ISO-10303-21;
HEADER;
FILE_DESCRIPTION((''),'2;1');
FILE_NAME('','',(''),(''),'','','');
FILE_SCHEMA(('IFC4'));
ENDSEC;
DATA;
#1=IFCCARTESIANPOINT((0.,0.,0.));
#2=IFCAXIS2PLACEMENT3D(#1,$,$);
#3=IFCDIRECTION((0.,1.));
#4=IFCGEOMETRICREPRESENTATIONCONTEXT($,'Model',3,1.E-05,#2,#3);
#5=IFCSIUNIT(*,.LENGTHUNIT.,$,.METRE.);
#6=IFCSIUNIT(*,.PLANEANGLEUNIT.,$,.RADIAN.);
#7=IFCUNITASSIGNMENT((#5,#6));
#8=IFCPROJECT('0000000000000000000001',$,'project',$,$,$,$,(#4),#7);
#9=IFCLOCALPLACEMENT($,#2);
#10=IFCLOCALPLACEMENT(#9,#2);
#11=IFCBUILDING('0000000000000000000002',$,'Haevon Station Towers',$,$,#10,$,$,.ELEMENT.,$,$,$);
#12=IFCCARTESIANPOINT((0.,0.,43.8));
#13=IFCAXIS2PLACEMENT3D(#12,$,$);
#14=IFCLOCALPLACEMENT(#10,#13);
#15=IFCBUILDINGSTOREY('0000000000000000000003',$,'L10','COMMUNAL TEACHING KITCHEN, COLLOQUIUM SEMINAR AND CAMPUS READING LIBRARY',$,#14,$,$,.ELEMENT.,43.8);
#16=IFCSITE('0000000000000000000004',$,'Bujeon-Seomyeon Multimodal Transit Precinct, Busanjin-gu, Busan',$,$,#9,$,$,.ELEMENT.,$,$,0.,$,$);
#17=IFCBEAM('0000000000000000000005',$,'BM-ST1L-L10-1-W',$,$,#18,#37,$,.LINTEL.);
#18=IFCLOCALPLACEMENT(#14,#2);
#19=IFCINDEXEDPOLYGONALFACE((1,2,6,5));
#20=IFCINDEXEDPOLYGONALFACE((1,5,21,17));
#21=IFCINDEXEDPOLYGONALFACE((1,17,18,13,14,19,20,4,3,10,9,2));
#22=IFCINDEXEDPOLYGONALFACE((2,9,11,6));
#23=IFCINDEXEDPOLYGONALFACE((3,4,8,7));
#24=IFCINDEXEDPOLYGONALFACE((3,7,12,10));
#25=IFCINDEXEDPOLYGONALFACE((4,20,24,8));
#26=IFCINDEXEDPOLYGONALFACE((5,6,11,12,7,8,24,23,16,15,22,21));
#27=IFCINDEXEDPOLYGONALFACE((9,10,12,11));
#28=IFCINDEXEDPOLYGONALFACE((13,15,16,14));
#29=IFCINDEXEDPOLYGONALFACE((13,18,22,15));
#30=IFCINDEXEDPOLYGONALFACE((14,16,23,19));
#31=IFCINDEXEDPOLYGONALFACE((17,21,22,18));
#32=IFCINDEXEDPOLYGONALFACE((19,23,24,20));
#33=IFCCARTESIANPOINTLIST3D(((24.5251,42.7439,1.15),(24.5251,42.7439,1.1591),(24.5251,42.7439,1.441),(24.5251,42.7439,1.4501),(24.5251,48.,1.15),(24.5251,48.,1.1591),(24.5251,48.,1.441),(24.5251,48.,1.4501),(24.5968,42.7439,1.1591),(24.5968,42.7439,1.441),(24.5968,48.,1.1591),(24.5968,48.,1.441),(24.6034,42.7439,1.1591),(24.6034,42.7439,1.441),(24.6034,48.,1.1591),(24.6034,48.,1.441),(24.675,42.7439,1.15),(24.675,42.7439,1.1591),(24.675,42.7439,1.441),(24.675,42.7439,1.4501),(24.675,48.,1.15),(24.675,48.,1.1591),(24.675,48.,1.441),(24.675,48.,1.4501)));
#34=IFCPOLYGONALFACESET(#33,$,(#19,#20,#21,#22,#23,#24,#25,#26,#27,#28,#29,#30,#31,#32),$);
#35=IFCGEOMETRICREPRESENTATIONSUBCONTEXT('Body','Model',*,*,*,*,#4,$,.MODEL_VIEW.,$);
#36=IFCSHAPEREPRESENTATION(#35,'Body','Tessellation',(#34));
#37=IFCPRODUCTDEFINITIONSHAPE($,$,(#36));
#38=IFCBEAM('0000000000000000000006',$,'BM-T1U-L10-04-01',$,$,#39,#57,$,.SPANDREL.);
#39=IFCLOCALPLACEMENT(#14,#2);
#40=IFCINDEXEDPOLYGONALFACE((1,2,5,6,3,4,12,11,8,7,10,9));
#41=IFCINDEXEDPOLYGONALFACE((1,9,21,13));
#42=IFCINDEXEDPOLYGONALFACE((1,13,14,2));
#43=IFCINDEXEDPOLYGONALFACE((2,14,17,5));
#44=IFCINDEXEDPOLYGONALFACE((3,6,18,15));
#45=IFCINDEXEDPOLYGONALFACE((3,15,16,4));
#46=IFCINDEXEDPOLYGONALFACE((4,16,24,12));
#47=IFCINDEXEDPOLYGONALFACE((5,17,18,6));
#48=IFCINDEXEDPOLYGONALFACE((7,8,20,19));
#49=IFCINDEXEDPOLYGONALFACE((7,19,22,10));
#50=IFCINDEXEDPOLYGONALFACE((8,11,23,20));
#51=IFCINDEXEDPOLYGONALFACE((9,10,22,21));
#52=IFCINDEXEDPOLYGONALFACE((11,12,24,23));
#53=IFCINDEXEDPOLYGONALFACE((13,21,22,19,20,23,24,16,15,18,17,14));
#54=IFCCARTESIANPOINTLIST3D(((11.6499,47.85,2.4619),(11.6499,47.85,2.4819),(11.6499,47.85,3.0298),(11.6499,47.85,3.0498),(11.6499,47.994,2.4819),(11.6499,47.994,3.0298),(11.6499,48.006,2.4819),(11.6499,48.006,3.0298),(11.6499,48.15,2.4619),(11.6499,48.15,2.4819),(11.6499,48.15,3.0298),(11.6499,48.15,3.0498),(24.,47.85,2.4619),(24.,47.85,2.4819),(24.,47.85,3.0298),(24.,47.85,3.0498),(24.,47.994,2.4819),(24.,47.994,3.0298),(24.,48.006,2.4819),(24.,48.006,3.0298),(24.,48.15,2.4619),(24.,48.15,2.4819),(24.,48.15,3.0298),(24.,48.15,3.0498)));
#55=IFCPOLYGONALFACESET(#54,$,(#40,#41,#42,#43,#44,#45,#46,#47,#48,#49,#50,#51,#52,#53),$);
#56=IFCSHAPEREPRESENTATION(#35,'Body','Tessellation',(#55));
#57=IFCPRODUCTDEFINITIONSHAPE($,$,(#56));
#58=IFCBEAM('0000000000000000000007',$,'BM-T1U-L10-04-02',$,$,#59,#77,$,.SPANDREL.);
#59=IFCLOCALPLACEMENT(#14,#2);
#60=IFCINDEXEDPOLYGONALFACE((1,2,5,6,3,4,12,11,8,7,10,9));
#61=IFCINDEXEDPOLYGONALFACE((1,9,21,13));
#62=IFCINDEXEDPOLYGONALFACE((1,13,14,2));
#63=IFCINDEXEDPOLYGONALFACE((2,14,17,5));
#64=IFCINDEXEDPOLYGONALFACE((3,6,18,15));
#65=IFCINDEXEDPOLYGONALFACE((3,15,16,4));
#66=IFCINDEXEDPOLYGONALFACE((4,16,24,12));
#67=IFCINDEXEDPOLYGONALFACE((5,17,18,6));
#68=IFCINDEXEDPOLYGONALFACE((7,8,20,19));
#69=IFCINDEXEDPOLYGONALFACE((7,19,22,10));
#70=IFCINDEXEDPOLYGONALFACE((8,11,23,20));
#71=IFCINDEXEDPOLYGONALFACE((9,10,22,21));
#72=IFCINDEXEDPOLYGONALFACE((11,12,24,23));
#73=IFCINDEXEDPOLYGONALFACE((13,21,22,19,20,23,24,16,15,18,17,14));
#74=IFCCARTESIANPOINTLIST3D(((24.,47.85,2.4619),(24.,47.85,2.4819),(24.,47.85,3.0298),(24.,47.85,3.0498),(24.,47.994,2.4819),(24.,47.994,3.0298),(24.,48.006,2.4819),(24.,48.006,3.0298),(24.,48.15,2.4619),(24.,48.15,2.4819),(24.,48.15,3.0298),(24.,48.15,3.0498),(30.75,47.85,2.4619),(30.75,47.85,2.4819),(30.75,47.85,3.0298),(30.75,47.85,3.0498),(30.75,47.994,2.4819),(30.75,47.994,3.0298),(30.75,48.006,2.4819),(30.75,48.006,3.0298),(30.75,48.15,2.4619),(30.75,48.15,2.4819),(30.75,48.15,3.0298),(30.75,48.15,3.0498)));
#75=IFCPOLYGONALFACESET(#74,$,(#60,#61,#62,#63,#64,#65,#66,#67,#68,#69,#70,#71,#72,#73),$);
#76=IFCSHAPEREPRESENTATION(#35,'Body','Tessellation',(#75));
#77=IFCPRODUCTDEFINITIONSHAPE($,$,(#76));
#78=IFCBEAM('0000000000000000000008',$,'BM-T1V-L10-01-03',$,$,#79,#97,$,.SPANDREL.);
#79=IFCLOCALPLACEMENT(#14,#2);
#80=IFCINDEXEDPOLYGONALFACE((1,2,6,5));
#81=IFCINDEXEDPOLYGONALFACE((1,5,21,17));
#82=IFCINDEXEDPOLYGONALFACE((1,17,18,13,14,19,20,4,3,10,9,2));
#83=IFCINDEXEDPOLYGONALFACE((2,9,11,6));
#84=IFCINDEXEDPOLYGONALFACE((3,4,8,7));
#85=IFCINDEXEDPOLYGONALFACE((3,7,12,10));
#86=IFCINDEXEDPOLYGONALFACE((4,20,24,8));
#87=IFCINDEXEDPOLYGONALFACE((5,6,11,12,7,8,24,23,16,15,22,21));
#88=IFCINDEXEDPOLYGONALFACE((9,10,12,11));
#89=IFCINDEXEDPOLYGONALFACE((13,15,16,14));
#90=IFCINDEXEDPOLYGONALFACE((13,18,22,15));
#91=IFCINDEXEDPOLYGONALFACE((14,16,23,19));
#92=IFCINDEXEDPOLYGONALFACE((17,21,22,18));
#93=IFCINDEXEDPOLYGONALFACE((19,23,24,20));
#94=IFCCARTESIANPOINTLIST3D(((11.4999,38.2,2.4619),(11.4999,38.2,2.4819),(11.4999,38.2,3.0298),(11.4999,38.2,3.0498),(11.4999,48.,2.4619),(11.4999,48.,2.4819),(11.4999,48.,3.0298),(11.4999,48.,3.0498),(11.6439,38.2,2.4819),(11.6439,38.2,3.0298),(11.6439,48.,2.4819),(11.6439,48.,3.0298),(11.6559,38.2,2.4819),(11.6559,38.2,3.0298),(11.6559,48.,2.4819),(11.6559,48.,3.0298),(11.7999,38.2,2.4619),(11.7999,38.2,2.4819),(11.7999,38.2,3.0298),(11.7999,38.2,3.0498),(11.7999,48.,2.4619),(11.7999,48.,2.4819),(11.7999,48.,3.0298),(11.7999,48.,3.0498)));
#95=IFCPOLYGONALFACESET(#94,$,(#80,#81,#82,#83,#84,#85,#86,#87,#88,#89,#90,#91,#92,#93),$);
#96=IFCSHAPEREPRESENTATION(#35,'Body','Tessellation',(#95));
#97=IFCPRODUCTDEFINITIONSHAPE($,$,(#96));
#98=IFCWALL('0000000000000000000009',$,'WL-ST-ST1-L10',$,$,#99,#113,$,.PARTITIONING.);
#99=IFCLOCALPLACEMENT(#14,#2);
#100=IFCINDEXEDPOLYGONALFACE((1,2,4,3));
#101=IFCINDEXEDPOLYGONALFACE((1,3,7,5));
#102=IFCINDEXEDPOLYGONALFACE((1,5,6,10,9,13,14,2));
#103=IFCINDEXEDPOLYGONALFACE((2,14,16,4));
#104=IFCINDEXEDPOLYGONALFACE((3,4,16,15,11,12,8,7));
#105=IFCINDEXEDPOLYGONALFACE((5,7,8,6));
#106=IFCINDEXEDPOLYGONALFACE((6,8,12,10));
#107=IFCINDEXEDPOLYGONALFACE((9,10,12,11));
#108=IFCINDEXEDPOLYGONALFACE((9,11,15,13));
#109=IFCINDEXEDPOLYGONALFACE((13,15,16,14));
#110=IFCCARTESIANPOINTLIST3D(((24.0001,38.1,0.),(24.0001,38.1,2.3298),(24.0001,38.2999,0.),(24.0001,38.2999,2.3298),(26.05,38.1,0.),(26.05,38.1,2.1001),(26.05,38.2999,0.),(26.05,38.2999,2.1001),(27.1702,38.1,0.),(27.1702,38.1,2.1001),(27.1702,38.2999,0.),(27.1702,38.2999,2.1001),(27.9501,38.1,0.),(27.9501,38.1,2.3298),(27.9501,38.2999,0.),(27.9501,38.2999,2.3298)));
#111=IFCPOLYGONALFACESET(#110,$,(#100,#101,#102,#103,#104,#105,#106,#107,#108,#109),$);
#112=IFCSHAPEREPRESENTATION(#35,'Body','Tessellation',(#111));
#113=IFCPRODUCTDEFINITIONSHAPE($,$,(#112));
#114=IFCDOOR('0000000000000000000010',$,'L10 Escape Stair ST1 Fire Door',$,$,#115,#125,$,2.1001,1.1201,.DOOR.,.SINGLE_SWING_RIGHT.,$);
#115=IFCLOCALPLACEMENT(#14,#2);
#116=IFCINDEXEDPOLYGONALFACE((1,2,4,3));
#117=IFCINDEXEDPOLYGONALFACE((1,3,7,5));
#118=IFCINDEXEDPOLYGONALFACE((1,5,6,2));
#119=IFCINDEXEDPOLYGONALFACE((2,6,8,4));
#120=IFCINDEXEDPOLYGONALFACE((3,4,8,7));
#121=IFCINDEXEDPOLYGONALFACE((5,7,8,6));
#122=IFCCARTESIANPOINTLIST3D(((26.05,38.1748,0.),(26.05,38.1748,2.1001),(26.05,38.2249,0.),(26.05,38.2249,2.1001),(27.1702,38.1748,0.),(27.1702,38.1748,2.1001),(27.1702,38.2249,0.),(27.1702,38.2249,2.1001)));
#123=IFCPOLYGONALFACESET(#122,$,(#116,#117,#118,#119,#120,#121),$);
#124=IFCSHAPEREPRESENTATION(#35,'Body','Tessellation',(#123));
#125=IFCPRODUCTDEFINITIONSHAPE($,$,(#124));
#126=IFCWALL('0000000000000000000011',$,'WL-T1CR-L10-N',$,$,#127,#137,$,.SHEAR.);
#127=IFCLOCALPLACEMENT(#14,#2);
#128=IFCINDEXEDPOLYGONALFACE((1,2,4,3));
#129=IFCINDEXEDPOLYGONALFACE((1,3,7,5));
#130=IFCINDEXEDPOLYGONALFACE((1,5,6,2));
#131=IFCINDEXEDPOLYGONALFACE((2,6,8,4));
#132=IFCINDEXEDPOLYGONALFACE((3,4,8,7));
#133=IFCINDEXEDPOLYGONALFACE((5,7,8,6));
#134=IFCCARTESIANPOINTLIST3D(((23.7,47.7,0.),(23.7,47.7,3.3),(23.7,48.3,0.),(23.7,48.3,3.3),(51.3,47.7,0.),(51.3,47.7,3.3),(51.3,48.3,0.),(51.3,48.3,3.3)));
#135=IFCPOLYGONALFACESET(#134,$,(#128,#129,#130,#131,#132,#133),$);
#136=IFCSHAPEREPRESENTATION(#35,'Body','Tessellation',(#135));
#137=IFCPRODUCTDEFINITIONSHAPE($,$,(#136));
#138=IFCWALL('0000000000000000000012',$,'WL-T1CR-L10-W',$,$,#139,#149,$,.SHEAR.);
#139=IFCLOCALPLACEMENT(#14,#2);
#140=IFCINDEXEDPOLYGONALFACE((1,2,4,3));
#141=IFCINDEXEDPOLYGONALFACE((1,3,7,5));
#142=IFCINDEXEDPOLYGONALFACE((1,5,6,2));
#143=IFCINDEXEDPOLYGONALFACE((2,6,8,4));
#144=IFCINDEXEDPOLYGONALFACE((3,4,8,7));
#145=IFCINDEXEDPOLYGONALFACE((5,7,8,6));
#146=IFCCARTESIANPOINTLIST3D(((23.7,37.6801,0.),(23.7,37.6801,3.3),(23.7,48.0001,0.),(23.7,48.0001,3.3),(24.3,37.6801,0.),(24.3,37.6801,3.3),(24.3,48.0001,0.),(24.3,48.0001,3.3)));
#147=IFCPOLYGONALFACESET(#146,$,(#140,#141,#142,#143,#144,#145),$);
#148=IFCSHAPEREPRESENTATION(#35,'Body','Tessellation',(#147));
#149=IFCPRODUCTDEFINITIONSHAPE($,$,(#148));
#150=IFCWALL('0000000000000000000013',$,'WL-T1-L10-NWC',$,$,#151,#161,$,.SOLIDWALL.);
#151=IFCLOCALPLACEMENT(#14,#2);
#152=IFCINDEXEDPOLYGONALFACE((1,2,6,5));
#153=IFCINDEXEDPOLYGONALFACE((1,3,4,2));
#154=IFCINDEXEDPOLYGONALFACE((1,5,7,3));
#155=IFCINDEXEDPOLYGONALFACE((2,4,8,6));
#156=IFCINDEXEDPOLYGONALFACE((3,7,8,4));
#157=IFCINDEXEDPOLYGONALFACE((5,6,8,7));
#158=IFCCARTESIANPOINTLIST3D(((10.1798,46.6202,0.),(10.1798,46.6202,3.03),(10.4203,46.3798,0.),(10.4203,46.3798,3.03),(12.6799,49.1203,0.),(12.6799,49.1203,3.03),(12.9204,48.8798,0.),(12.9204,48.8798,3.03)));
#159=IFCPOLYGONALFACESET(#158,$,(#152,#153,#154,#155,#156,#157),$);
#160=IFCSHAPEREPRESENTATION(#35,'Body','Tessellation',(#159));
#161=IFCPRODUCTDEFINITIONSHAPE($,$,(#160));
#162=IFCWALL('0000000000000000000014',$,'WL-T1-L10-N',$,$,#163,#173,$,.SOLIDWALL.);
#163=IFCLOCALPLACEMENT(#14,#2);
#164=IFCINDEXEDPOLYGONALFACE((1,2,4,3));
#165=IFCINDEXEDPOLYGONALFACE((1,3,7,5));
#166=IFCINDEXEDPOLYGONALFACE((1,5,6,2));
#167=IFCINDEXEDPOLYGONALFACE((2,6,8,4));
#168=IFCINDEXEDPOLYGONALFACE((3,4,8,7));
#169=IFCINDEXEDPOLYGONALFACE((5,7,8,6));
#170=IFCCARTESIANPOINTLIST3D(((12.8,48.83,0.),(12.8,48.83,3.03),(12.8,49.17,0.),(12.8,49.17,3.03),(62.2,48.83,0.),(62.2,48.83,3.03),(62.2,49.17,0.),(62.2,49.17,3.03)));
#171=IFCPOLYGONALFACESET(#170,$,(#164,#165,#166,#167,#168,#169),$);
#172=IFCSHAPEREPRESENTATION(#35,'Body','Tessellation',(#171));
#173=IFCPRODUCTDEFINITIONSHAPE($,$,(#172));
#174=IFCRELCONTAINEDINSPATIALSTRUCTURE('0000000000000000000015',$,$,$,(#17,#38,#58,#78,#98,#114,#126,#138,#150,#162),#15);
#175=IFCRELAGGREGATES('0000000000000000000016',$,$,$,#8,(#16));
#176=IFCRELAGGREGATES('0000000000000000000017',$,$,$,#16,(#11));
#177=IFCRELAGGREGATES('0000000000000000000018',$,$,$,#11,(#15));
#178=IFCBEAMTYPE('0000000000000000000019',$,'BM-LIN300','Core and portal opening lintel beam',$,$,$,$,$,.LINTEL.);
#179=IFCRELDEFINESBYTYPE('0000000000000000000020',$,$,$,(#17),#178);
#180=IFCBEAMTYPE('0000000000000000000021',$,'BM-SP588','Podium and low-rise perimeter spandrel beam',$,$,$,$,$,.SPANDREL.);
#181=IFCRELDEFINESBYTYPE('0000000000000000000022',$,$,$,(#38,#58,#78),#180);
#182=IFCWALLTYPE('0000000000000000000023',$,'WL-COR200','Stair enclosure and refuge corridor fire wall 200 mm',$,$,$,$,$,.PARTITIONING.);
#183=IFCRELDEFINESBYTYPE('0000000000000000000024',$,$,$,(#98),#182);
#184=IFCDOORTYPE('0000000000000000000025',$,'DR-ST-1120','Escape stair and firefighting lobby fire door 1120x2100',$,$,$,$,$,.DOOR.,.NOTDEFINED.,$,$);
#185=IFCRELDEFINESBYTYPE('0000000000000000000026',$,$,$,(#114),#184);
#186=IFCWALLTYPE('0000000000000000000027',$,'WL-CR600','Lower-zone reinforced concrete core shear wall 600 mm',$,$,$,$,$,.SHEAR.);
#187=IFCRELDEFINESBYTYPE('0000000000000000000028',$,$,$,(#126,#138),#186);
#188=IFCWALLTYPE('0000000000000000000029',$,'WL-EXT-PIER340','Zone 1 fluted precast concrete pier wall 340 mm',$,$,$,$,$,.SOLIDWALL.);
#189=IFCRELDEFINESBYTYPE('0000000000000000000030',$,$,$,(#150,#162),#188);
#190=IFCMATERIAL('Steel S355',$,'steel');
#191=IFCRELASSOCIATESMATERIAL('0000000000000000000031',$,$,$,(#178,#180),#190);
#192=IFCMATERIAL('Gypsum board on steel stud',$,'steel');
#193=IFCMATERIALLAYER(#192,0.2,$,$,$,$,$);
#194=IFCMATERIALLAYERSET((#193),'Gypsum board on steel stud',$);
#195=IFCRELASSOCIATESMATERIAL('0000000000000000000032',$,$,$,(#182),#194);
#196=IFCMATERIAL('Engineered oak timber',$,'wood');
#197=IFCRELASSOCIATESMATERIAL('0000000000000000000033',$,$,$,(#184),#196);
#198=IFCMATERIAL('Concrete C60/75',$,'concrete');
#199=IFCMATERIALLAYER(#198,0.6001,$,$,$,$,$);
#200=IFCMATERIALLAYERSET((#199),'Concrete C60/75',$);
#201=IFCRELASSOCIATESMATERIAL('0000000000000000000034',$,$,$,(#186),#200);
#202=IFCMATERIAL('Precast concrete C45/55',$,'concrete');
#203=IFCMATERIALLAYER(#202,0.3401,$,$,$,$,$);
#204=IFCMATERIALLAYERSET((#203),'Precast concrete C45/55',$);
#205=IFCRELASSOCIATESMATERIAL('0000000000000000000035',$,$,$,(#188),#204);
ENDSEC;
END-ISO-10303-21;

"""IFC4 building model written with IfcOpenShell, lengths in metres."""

from ifc_helpers import new_model, si_unit, direction, frame, frame_2d, origin, origin_2d, place, context, subcontext, project, spatial, rectangle, i_section, extrude, material, layer, layer_set, material_profile, profile_set, type_object, element, fill, save


model = new_model("IFC4")

# Units and contexts
model_context = context("Model", 3, precision=1e-05, world=origin(), true_north=direction((0.0, 1.0)))
body_context = subcontext(model_context, "Body", "Model", "MODEL_VIEW")
ifc_project = project(units=[si_unit("LENGTHUNIT", "METRE"), si_unit("PLANEANGLEUNIT", "RADIAN")], contexts=[model_context])

# Site, building, storey
site_placement = place(None, origin())
site = spatial("IfcSite", under=ifc_project, at=site_placement, Name="Bujeon-Seomyeon Multimodal Transit Precinct, Busanjin-gu, Busan", CompositionType="ELEMENT", RefElevation=0.0)
building_placement = place(site_placement, origin())
building = spatial("IfcBuilding", under=site, at=building_placement, Name="Haevon Station Towers", CompositionType="ELEMENT")
storey_placement = place(building_placement, frame((0.0, 0.0, 43.8)))
storey = spatial("IfcBuildingStorey", under=building, at=storey_placement, Name="L10", Description="COMMUNAL TEACHING KITCHEN, COLLOQUIUM SEMINAR AND CAMPUS READING LIBRARY", CompositionType="ELEMENT", Elevation=43.8)

# Beams
ifc_material_1 = material(Name="Steel S355", Category="steel")
ifc_material_profile_1 = material_profile(ifc_material_1, i_section(OverallWidth=0.1499, OverallDepth=0.3, WebThickness=0.0066, FlangeThickness=0.009, at=origin_2d()), Name="H-300x150x6.5x9")
ifc_profile_set_1 = profile_set([ifc_material_profile_1], Name="Steel S355")
beam_type_1 = type_object("IfcBeamType", Name="BM-LIN300", Description="Core and portal opening lintel beam", PredefinedType="LINTEL", material=ifc_profile_set_1)
beam_1_placement = place(storey_placement, frame((24.6001, 42.7439, 1.3), z_axis=(0.0, 1.0, 0.0), x_axis=(-1.0, 0.0, 0.0)))
element("IfcBeam", 1, at=beam_1_placement, inside=storey, type_object=beam_type_1, Name="BM-ST1L-L10-1-W", PredefinedType="LINTEL", context=body_context, shape_type="SweptSolid", body=[
    extrude(i_section(OverallWidth=0.1499, OverallDepth=0.3, WebThickness=0.0066, FlangeThickness=0.009, at=origin_2d()), origin(), (0.0, 0.0, 1.0), 5.2561),
])
ifc_material_profile_2 = material_profile(ifc_material_1, i_section(OverallWidth=0.3, OverallDepth=0.5879, WebThickness=0.012, FlangeThickness=0.02, at=origin_2d()), Name="H-588x300x12x20")
ifc_profile_set_2 = profile_set([ifc_material_profile_2], Name="Steel S355")
beam_type_2 = type_object("IfcBeamType", Name="BM-SP588", Description="Podium and low-rise perimeter spandrel beam", PredefinedType="SPANDREL", material=ifc_profile_set_2)
beam_2_placement = place(storey_placement, frame((11.6499, 48.0, 2.7559), z_axis=(1.0, 0.0, 0.0), x_axis=(0.0, 1.0, 0.0)))
element("IfcBeam", 2, at=beam_2_placement, inside=storey, type_object=beam_type_2, Name="BM-T1U-L10-04-01", PredefinedType="SPANDREL", context=body_context, shape_type="SweptSolid", body=[
    extrude(i_section(OverallWidth=0.3, OverallDepth=0.5879, WebThickness=0.012, FlangeThickness=0.02, at=origin_2d()), origin(), (0.0, 0.0, 1.0), 12.3501),
])
beam_3_placement = place(storey_placement, frame((24.0, 48.0, 2.7559), z_axis=(1.0, 0.0, 0.0), x_axis=(0.0, 1.0, 0.0)))
element("IfcBeam", 3, at=beam_3_placement, inside=storey, type_object=beam_type_2, Name="BM-T1U-L10-04-02", PredefinedType="SPANDREL", context=body_context, shape_type="SweptSolid", body=[
    extrude(i_section(OverallWidth=0.3, OverallDepth=0.5879, WebThickness=0.012, FlangeThickness=0.02, at=origin_2d()), origin(), (0.0, 0.0, 1.0), 6.75),
])
beam_4_placement = place(storey_placement, frame((11.6499, 38.2, 2.7559), z_axis=(0.0, 1.0, 0.0), x_axis=(-1.0, 0.0, 0.0)))
element("IfcBeam", 4, at=beam_4_placement, inside=storey, type_object=beam_type_2, Name="BM-T1V-L10-01-03", PredefinedType="SPANDREL", context=body_context, shape_type="SweptSolid", body=[
    extrude(i_section(OverallWidth=0.3, OverallDepth=0.5879, WebThickness=0.012, FlangeThickness=0.02, at=origin_2d()), origin(), (0.0, 0.0, 1.0), 9.8),
])

# Wall, opening, door
ifc_material_2 = material(Name="Gypsum board on steel stud", Category="steel")
ifc_layer_1 = layer(ifc_material_2, 0.2)
ifc_layer_set_1 = layer_set([ifc_layer_1], Name="Gypsum board on steel stud")
wall_type_1 = type_object("IfcWallType", Name="WL-COR200", Description="Stair enclosure and refuge corridor fire wall 200 mm", PredefinedType="PARTITIONING", material=ifc_layer_set_1)
wall_1_placement = place(storey_placement, frame((24.0, 38.2, 0.0), z_axis=(0.0, 0.0, 1.0), x_axis=(1.0, 0.0, 0.0)))
wall_1 = element("IfcWall", 5, at=wall_1_placement, inside=storey, type_object=wall_type_1, Name="WL-ST-ST1-L10", PredefinedType="PARTITIONING", context=body_context, shape_type="SweptSolid", body=[
    extrude(rectangle(XDim=3.95, YDim=0.2, at=frame_2d((1.9751, 0.0))), origin(), (0.0, 0.0, 1.0), 2.3298),
])
opening_placement = place(wall_1_placement, frame((2.05, 0.0, 0.0)))
opening = element("IfcOpeningElement", 6, at=opening_placement, cuts=wall_1, PredefinedType="OPENING", context=body_context, shape_type="SweptSolid", body=[
    extrude(rectangle(XDim=1.1201, YDim=2.1001, at=frame_2d((0.5601, 1.05))), frame((0.0, 0.1099, 0.0), z_axis=(0.0, -1.0, 0.0), x_axis=(1.0, 0.0, 0.0)), (0.0, 0.0, 1.0), 0.22),
])
ifc_material_3 = material(Name="Engineered oak timber", Category="wood")
door_type = type_object("IfcDoorType", Name="DR-ST-1120", Description="Escape stair and firefighting lobby fire door 1120x2100", OperationType="NOTDEFINED", PredefinedType="DOOR", material=ifc_material_3)
door_placement = place(opening_placement, origin())
door = element("IfcDoor", 7, at=door_placement, inside=storey, type_object=door_type, Name="L10 Escape Stair ST1 Fire Door", OperationType="SINGLE_SWING_RIGHT", OverallHeight=2.1001, OverallWidth=1.1201, PredefinedType="DOOR", context=body_context, shape_type="SweptSolid", body=[
    extrude(rectangle(XDim=1.1201, YDim=2.1001, at=frame_2d((0.5601, 1.05))), frame((0.0, 0.0249, 0.0), z_axis=(0.0, -1.0, 0.0), x_axis=(1.0, 0.0, 0.0)), (0.0, 0.0, 1.0), 0.05),
])
fill(opening, door)

# Walls
ifc_material_4 = material(Name="Concrete C60/75", Category="concrete")
ifc_layer_2 = layer(ifc_material_4, 0.6001)
ifc_layer_set_2 = layer_set([ifc_layer_2], Name="Concrete C60/75")
wall_type_2 = type_object("IfcWallType", Name="WL-CR600", Description="Lower-zone reinforced concrete core shear wall 600 mm", PredefinedType="SHEAR", material=ifc_layer_set_2)
wall_2_placement = place(storey_placement, frame((23.7, 48.0, 0.0), z_axis=(0.0, 0.0, 1.0), x_axis=(1.0, 0.0, 0.0)))
element("IfcWall", 8, at=wall_2_placement, inside=storey, type_object=wall_type_2, Name="WL-T1CR-L10-N", PredefinedType="SHEAR", context=body_context, shape_type="SweptSolid", body=[
    extrude(rectangle(XDim=27.6001, YDim=0.6001, at=frame_2d((13.8, 0.0))), origin(), (0.0, 0.0, 1.0), 3.3),
])
wall_3_placement = place(storey_placement, frame((24.0, 37.6799, 0.0), z_axis=(0.0, 0.0, 1.0), x_axis=(0.0, 1.0, 0.0)))
element("IfcWall", 9, at=wall_3_placement, inside=storey, type_object=wall_type_2, Name="WL-T1CR-L10-W", PredefinedType="SHEAR", context=body_context, shape_type="SweptSolid", body=[
    extrude(rectangle(XDim=10.3201, YDim=0.6001, at=frame_2d((5.1602, 0.0))), origin(), (0.0, 0.0, 1.0), 3.3),
])
ifc_material_5 = material(Name="Precast concrete C45/55", Category="concrete")
ifc_layer_3 = layer(ifc_material_5, 0.3401)
ifc_layer_set_3 = layer_set([ifc_layer_3], Name="Precast concrete C45/55")
wall_type_3 = type_object("IfcWallType", Name="WL-EXT-PIER340", Description="Zone 1 fluted precast concrete pier wall 340 mm", PredefinedType="SOLIDWALL", material=ifc_layer_set_3)
wall_4_placement = place(storey_placement, frame((10.3, 46.5, 0.0), z_axis=(0.0, 0.0, 1.0), x_axis=(0.707107, 0.707107, 0.0)))
element("IfcWall", 10, at=wall_4_placement, inside=storey, type_object=wall_type_3, Name="WL-T1-L10-NWC", PredefinedType="SOLIDWALL", context=body_context, shape_type="SweptSolid", body=[
    extrude(rectangle(XDim=3.5356, YDim=0.3401, at=frame_2d((1.7678, 0.0))), origin(), (0.0, 0.0, 1.0), 3.03),
])
wall_5_placement = place(storey_placement, frame((12.8, 49.0, 0.0), z_axis=(0.0, 0.0, 1.0), x_axis=(1.0, 0.0, 0.0)))
element("IfcWall", 11, at=wall_5_placement, inside=storey, type_object=wall_type_3, Name="WL-T1-L10-N", PredefinedType="SOLIDWALL", context=body_context, shape_type="SweptSolid", body=[
    extrude(rectangle(XDim=49.3999, YDim=0.3401, at=frame_2d((24.7, 0.0))), origin(), (0.0, 0.0, 1.0), 3.03),
])

save(model, "model.ifc")
